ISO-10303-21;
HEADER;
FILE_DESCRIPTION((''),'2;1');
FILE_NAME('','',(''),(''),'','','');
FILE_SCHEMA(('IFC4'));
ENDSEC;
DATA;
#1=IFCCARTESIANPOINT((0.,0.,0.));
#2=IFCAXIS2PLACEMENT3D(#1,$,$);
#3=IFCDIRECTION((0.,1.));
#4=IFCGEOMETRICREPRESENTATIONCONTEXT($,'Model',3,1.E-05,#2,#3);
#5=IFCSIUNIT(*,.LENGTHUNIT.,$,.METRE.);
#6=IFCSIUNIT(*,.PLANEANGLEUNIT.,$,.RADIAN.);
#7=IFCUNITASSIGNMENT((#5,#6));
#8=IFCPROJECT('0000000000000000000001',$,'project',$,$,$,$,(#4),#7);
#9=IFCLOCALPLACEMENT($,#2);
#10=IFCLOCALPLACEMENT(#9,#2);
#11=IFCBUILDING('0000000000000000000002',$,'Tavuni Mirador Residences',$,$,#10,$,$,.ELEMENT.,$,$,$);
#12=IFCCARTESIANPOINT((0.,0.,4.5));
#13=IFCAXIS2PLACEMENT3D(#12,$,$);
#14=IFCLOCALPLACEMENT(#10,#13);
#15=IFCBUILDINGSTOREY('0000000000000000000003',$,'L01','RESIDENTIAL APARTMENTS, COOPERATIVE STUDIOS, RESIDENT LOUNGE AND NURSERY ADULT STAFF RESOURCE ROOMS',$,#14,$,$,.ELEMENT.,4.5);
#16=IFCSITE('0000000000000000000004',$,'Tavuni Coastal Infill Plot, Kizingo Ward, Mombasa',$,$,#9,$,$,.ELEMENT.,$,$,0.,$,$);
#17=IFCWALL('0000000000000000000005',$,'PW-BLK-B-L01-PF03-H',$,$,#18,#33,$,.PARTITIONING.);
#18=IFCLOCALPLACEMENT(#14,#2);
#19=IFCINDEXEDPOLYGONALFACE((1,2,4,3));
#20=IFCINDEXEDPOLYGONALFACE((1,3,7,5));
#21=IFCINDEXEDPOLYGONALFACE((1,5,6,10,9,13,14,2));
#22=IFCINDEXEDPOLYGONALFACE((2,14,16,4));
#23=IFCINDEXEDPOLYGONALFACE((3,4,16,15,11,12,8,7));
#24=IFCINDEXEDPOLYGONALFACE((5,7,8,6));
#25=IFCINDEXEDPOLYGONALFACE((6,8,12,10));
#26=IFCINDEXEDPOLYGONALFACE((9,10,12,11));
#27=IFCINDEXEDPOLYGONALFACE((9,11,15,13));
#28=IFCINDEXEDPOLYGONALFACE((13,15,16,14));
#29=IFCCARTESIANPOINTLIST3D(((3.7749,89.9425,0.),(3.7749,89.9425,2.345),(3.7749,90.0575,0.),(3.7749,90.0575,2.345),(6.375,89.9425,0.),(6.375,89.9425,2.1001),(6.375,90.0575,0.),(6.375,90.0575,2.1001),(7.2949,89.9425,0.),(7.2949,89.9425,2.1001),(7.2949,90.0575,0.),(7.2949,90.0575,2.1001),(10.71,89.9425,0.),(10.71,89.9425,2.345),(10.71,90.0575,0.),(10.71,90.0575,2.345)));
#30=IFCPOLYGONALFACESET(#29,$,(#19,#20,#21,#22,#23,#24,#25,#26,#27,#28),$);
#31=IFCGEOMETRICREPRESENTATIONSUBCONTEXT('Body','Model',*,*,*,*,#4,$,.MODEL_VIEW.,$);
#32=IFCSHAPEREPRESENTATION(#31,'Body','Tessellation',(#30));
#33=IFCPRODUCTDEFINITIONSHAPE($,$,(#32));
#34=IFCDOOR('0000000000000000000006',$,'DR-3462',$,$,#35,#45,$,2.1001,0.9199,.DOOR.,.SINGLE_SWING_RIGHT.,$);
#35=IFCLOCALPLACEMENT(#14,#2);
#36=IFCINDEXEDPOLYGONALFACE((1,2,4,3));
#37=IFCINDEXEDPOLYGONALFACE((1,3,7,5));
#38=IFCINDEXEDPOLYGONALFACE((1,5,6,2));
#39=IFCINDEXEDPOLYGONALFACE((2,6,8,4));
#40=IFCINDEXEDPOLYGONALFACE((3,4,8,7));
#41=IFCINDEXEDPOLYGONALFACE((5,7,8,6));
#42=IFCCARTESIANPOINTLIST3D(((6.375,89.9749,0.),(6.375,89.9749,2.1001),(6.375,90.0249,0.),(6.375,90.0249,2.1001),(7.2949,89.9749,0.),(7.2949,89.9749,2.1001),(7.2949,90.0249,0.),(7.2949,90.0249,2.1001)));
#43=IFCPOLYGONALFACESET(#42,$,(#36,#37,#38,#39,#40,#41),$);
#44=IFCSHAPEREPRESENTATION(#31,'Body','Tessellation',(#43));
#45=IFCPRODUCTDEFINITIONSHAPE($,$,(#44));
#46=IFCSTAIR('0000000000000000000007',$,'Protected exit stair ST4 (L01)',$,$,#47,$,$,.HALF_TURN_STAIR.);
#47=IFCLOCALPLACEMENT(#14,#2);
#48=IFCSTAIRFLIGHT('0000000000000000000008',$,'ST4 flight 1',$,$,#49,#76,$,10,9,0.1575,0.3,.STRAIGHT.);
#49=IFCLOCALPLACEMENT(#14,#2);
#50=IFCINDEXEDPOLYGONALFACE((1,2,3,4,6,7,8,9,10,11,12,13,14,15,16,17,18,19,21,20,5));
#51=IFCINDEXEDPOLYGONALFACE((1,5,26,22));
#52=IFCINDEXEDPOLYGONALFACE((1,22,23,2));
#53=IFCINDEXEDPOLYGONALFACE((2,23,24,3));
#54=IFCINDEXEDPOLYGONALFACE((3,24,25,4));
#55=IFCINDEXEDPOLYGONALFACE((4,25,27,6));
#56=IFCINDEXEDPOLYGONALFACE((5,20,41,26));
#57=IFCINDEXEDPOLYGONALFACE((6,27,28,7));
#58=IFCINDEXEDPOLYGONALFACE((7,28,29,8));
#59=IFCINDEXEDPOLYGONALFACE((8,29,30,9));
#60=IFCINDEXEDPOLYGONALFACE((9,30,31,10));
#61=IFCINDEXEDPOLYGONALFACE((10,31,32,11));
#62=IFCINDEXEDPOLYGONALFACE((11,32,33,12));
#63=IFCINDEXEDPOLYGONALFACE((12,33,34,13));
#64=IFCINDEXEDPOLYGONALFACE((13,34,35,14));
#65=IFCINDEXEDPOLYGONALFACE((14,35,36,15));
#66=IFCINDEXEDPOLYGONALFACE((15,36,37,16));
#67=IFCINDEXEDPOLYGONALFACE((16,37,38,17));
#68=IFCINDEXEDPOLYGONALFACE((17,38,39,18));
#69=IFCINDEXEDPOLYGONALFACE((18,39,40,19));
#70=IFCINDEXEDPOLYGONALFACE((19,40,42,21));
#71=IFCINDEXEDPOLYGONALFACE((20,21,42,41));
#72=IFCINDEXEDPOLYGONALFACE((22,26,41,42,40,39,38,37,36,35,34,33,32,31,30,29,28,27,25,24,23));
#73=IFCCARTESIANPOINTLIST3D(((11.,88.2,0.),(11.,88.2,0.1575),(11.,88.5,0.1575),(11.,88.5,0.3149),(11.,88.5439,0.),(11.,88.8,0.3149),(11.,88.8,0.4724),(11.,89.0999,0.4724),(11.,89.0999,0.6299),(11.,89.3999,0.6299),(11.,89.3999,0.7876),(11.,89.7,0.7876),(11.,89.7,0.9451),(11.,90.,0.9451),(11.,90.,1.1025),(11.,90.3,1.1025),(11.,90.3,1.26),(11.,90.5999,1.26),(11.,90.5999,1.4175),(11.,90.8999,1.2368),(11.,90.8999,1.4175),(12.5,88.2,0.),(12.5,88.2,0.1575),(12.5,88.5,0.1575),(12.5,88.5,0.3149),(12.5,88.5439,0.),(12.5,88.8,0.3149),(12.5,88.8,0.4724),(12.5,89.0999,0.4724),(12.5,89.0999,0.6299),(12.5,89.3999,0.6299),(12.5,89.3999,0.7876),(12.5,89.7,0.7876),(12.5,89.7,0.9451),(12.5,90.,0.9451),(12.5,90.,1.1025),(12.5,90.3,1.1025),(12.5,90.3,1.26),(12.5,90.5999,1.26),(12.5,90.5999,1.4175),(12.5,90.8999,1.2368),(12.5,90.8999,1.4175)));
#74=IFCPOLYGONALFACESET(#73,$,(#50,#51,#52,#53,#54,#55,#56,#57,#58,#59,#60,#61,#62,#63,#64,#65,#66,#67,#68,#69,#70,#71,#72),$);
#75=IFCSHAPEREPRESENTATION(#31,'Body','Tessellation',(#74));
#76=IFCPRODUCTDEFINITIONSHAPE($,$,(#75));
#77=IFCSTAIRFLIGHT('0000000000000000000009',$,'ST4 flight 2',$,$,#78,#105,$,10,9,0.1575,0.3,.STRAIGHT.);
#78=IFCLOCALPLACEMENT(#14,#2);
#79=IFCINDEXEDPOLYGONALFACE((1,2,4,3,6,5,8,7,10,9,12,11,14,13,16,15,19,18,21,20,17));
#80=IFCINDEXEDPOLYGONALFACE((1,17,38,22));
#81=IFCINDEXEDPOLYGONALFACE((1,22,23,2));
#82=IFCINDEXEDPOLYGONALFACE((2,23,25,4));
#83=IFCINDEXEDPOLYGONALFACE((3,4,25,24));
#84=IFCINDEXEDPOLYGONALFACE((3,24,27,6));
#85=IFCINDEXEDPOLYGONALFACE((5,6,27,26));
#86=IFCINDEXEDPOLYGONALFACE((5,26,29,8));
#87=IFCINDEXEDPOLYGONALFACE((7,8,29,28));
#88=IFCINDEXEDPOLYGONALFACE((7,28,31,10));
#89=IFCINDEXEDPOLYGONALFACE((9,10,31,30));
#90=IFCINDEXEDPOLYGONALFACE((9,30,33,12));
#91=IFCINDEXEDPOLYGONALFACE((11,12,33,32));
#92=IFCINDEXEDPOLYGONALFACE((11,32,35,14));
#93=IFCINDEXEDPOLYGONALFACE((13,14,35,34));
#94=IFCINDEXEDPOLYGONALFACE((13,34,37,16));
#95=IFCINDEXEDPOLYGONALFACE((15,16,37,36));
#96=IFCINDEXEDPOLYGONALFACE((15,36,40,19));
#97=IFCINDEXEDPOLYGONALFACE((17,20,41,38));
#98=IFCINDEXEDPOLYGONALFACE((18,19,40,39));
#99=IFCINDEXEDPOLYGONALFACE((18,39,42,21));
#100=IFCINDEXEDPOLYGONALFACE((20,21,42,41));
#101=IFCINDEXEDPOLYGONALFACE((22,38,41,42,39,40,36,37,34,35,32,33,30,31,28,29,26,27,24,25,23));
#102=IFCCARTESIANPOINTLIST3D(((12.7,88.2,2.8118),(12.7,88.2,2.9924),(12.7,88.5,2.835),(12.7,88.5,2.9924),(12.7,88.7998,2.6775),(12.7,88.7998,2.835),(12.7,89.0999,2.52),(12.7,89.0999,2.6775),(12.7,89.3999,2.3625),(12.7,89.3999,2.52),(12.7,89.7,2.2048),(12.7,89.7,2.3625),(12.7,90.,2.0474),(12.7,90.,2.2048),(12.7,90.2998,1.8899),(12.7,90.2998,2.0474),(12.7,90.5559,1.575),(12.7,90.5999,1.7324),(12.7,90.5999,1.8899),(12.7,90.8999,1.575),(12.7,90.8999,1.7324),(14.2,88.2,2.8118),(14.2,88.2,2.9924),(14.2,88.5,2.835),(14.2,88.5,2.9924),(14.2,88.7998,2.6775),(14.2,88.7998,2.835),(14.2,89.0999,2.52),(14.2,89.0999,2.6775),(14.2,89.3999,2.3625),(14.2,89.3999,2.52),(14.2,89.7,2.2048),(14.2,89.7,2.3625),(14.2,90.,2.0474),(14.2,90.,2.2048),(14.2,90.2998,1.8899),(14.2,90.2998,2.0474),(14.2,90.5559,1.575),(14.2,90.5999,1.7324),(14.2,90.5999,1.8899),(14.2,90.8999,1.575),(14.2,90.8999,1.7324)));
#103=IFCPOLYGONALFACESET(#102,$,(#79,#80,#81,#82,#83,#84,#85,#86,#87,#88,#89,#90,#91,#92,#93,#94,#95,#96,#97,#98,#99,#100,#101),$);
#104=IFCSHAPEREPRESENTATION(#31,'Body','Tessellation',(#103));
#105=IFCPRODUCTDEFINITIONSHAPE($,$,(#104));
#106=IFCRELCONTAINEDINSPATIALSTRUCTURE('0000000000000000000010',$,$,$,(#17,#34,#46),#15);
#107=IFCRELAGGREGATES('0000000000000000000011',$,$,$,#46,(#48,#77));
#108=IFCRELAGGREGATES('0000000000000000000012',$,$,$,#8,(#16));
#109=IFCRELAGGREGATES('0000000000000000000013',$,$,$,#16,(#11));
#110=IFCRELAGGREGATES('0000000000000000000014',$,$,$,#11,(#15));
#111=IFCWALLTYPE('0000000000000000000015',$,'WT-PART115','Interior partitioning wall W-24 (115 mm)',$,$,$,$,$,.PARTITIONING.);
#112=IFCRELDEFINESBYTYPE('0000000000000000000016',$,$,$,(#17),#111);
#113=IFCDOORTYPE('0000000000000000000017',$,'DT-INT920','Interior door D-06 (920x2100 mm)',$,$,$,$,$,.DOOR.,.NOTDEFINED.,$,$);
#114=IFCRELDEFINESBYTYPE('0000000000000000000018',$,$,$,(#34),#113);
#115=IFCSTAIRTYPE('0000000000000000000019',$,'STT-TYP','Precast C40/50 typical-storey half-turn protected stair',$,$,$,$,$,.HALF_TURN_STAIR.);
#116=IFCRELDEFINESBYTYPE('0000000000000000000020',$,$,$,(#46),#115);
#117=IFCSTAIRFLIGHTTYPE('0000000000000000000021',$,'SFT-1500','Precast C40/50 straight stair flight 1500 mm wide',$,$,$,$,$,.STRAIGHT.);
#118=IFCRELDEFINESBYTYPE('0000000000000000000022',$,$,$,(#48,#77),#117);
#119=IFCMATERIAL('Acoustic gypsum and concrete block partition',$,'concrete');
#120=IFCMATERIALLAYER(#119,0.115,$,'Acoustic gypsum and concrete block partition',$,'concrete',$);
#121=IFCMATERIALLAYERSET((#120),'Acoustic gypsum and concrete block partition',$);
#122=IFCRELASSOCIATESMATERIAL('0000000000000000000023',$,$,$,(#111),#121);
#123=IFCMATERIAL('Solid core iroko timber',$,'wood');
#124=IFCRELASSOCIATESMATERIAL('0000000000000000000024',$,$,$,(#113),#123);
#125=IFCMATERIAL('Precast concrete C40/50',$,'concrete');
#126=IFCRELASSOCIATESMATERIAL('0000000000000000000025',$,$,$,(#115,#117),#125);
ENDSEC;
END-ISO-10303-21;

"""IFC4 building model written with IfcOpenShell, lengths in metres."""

from ifc_helpers import new_model, si_unit, direction, frame, frame_2d, origin, place, context, subcontext, project, spatial, polyline, rectangle, outline, extrude, material, layer, layer_set, type_object, element, fill, aggregate, save


model = new_model("IFC4")

# Units and contexts
model_context = context("Model", 3, precision=1e-05, world=origin(), true_north=direction((0.0, 1.0)))
body_context = subcontext(model_context, "Body", "Model", "MODEL_VIEW")
ifc_project = project(units=[si_unit("LENGTHUNIT", "METRE"), si_unit("PLANEANGLEUNIT", "RADIAN")], contexts=[model_context])

# Site, building, storey
site_placement = place(None, origin())
site = spatial("IfcSite", under=ifc_project, at=site_placement, Name="Tavuni Coastal Infill Plot, Kizingo Ward, Mombasa", CompositionType="ELEMENT", RefElevation=0.0)
building_placement = place(site_placement, origin())
building = spatial("IfcBuilding", under=site, at=building_placement, Name="Tavuni Mirador Residences", CompositionType="ELEMENT")
storey_placement = place(building_placement, frame((0.0, 0.0, 4.5)))
storey = spatial("IfcBuildingStorey", under=building, at=storey_placement, Name="L01", Description="RESIDENTIAL APARTMENTS, COOPERATIVE STUDIOS, RESIDENT LOUNGE AND NURSERY ADULT STAFF RESOURCE ROOMS", CompositionType="ELEMENT", Elevation=4.5)

# Shared definitions
ifc_material_1 = material(Name="Precast concrete C40/50", Category="concrete")

# Wall, opening, door
ifc_material_2 = material(Name="Solid core iroko timber", Category="wood")
ifc_material_3 = material(Name="Acoustic gypsum and concrete block partition", Category="concrete")
ifc_layer_1 = layer(ifc_material_3, 0.115, Name="Acoustic gypsum and concrete block partition", Category="concrete")
ifc_layer_set_1 = layer_set([ifc_layer_1], Name="Acoustic gypsum and concrete block partition")
wall_type_1 = type_object("IfcWallType", Name="WT-PART115", Description="Interior partitioning wall W-24 (115 mm)", PredefinedType="PARTITIONING", material=ifc_layer_set_1)
wall_1_placement = place(storey_placement, frame((3.7749, 90.0, 0.0), z_axis=(0.0, 0.0, 1.0), x_axis=(1.0, 0.0, 0.0)))
wall_1 = element("IfcWall", 1, at=wall_1_placement, inside=storey, type_object=wall_type_1, Name="PW-BLK-B-L01-PF03-H", PredefinedType="PARTITIONING", context=body_context, shape_type="SweptSolid", body=[
    extrude(rectangle(XDim=6.9351, YDim=0.115, at=frame_2d((3.4675, 0.0))), origin(), (0.0, 0.0, 1.0), 2.345),
])
opening_1_placement = place(wall_1_placement, frame((2.6001, 0.0, 0.0)))
opening_1 = element("IfcOpeningElement", 2, at=opening_1_placement, cuts=wall_1, PredefinedType="OPENING", context=body_context, shape_type="SweptSolid", body=[
    extrude(rectangle(XDim=0.9199, YDim=2.1001, at=frame_2d((0.46, 1.05))), frame((0.0, 0.0674, 0.0), z_axis=(0.0, -1.0, 0.0), x_axis=(1.0, 0.0, 0.0)), (0.0, 0.0, 1.0), 0.135),
])
door_type_1 = type_object("IfcDoorType", Name="DT-INT920", Description="Interior door D-06 (920x2100 mm)", OperationType="NOTDEFINED", PredefinedType="DOOR", material=ifc_material_2)
door_1_placement = place(opening_1_placement, origin())
door_1 = element("IfcDoor", 3, at=door_1_placement, inside=storey, type_object=door_type_1, Name="DR-3462", OperationType="SINGLE_SWING_RIGHT", OverallHeight=2.1001, OverallWidth=0.9199, PredefinedType="DOOR", context=body_context, shape_type="SweptSolid", body=[
    extrude(rectangle(XDim=0.9199, YDim=2.1001, at=frame_2d((0.46, 1.05))), frame((0.0, 0.0249, 0.0), z_axis=(0.0, -1.0, 0.0), x_axis=(1.0, 0.0, 0.0)), (0.0, 0.0, 1.0), 0.05),
])
fill(opening_1, door_1)

# Stair, stair flights
stair_type = type_object("IfcStairType", Name="STT-TYP", Description="Precast C40/50 typical-storey half-turn protected stair", PredefinedType="HALF_TURN_STAIR", material=ifc_material_1)
stair_placement = place(storey_placement, origin())
stair = element("IfcStair", 4, at=stair_placement, inside=storey, type_object=stair_type, Name="Protected exit stair ST4 (L01)", PredefinedType="HALF_TURN_STAIR")
stair_flight_type = type_object("IfcStairFlightType", Name="SFT-1500", Description="Precast C40/50 straight stair flight 1500 mm wide", PredefinedType="STRAIGHT", material=ifc_material_1)
stair_flight_1_placement = place(storey_placement, frame((11.75, 88.2, 0.0), z_axis=(0.0, 0.0, 1.0), x_axis=(0.0, 1.0, 0.0)))
stair_flight_1 = element("IfcStairFlight", 5, at=stair_flight_1_placement, type_object=stair_flight_type, Name="ST4 flight 1", NumberOfRisers=10, NumberOfTreads=9, PredefinedType="STRAIGHT", RiserHeight=0.1575, TreadLength=0.3, context=body_context, shape_type="SweptSolid", body=[
    extrude(outline(polyline([(0.0, 0.0), (0.0, 0.1575), (0.3, 0.1575), (0.3, 0.3149), (0.6001, 0.3149), (0.6001, 0.4724), (0.8999, 0.4724), (0.8999, 0.6299), (1.2, 0.6299), (1.2, 0.7876), (1.5, 0.7876), (1.5, 0.9451), (1.8, 0.9451), (1.8, 1.1025), (2.1001, 1.1025), (2.1001, 1.26), (2.3999, 1.26), (2.3999, 1.4175), (2.7, 1.4175), (2.7, 1.575), (2.7, 1.2368), (0.344, 0.0), (0.0, 0.0)])), frame((0.0, 0.75, 0.0), z_axis=(0.0, -1.0, 0.0), x_axis=(1.0, 0.0, 0.0)), (0.0, 0.0, 1.0), 1.5),
])
stair_flight_2_placement = place(storey_placement, frame((13.45, 90.8999, 1.575), z_axis=(0.0, 0.0, 1.0), x_axis=(0.0, -1.0, 0.0)))
stair_flight_2 = element("IfcStairFlight", 6, at=stair_flight_2_placement, type_object=stair_flight_type, Name="ST4 flight 2", NumberOfRisers=10, NumberOfTreads=9, PredefinedType="STRAIGHT", RiserHeight=0.1575, TreadLength=0.3, context=body_context, shape_type="SweptSolid", body=[
    extrude(outline(polyline([(0.0, 0.0), (0.0, 0.1575), (0.3, 0.1575), (0.3, 0.3149), (0.6001, 0.3149), (0.6001, 0.4724), (0.8999, 0.4724), (0.8999, 0.6299), (1.2, 0.6299), (1.2, 0.7876), (1.5, 0.7876), (1.5, 0.9451), (1.8, 0.9451), (1.8, 1.1025), (2.1001, 1.1025), (2.1001, 1.26), (2.3999, 1.26), (2.3999, 1.4175), (2.7, 1.4175), (2.7, 1.575), (2.7, 1.2368), (0.344, 0.0), (0.0, 0.0)])), frame((0.0, 0.75, 0.0), z_axis=(0.0, -1.0, 0.0), x_axis=(1.0, 0.0, 0.0)), (0.0, 0.0, 1.0), 1.5),
])
aggregate(stair, [stair_flight_1, stair_flight_2])

save(model, "model.ifc")
